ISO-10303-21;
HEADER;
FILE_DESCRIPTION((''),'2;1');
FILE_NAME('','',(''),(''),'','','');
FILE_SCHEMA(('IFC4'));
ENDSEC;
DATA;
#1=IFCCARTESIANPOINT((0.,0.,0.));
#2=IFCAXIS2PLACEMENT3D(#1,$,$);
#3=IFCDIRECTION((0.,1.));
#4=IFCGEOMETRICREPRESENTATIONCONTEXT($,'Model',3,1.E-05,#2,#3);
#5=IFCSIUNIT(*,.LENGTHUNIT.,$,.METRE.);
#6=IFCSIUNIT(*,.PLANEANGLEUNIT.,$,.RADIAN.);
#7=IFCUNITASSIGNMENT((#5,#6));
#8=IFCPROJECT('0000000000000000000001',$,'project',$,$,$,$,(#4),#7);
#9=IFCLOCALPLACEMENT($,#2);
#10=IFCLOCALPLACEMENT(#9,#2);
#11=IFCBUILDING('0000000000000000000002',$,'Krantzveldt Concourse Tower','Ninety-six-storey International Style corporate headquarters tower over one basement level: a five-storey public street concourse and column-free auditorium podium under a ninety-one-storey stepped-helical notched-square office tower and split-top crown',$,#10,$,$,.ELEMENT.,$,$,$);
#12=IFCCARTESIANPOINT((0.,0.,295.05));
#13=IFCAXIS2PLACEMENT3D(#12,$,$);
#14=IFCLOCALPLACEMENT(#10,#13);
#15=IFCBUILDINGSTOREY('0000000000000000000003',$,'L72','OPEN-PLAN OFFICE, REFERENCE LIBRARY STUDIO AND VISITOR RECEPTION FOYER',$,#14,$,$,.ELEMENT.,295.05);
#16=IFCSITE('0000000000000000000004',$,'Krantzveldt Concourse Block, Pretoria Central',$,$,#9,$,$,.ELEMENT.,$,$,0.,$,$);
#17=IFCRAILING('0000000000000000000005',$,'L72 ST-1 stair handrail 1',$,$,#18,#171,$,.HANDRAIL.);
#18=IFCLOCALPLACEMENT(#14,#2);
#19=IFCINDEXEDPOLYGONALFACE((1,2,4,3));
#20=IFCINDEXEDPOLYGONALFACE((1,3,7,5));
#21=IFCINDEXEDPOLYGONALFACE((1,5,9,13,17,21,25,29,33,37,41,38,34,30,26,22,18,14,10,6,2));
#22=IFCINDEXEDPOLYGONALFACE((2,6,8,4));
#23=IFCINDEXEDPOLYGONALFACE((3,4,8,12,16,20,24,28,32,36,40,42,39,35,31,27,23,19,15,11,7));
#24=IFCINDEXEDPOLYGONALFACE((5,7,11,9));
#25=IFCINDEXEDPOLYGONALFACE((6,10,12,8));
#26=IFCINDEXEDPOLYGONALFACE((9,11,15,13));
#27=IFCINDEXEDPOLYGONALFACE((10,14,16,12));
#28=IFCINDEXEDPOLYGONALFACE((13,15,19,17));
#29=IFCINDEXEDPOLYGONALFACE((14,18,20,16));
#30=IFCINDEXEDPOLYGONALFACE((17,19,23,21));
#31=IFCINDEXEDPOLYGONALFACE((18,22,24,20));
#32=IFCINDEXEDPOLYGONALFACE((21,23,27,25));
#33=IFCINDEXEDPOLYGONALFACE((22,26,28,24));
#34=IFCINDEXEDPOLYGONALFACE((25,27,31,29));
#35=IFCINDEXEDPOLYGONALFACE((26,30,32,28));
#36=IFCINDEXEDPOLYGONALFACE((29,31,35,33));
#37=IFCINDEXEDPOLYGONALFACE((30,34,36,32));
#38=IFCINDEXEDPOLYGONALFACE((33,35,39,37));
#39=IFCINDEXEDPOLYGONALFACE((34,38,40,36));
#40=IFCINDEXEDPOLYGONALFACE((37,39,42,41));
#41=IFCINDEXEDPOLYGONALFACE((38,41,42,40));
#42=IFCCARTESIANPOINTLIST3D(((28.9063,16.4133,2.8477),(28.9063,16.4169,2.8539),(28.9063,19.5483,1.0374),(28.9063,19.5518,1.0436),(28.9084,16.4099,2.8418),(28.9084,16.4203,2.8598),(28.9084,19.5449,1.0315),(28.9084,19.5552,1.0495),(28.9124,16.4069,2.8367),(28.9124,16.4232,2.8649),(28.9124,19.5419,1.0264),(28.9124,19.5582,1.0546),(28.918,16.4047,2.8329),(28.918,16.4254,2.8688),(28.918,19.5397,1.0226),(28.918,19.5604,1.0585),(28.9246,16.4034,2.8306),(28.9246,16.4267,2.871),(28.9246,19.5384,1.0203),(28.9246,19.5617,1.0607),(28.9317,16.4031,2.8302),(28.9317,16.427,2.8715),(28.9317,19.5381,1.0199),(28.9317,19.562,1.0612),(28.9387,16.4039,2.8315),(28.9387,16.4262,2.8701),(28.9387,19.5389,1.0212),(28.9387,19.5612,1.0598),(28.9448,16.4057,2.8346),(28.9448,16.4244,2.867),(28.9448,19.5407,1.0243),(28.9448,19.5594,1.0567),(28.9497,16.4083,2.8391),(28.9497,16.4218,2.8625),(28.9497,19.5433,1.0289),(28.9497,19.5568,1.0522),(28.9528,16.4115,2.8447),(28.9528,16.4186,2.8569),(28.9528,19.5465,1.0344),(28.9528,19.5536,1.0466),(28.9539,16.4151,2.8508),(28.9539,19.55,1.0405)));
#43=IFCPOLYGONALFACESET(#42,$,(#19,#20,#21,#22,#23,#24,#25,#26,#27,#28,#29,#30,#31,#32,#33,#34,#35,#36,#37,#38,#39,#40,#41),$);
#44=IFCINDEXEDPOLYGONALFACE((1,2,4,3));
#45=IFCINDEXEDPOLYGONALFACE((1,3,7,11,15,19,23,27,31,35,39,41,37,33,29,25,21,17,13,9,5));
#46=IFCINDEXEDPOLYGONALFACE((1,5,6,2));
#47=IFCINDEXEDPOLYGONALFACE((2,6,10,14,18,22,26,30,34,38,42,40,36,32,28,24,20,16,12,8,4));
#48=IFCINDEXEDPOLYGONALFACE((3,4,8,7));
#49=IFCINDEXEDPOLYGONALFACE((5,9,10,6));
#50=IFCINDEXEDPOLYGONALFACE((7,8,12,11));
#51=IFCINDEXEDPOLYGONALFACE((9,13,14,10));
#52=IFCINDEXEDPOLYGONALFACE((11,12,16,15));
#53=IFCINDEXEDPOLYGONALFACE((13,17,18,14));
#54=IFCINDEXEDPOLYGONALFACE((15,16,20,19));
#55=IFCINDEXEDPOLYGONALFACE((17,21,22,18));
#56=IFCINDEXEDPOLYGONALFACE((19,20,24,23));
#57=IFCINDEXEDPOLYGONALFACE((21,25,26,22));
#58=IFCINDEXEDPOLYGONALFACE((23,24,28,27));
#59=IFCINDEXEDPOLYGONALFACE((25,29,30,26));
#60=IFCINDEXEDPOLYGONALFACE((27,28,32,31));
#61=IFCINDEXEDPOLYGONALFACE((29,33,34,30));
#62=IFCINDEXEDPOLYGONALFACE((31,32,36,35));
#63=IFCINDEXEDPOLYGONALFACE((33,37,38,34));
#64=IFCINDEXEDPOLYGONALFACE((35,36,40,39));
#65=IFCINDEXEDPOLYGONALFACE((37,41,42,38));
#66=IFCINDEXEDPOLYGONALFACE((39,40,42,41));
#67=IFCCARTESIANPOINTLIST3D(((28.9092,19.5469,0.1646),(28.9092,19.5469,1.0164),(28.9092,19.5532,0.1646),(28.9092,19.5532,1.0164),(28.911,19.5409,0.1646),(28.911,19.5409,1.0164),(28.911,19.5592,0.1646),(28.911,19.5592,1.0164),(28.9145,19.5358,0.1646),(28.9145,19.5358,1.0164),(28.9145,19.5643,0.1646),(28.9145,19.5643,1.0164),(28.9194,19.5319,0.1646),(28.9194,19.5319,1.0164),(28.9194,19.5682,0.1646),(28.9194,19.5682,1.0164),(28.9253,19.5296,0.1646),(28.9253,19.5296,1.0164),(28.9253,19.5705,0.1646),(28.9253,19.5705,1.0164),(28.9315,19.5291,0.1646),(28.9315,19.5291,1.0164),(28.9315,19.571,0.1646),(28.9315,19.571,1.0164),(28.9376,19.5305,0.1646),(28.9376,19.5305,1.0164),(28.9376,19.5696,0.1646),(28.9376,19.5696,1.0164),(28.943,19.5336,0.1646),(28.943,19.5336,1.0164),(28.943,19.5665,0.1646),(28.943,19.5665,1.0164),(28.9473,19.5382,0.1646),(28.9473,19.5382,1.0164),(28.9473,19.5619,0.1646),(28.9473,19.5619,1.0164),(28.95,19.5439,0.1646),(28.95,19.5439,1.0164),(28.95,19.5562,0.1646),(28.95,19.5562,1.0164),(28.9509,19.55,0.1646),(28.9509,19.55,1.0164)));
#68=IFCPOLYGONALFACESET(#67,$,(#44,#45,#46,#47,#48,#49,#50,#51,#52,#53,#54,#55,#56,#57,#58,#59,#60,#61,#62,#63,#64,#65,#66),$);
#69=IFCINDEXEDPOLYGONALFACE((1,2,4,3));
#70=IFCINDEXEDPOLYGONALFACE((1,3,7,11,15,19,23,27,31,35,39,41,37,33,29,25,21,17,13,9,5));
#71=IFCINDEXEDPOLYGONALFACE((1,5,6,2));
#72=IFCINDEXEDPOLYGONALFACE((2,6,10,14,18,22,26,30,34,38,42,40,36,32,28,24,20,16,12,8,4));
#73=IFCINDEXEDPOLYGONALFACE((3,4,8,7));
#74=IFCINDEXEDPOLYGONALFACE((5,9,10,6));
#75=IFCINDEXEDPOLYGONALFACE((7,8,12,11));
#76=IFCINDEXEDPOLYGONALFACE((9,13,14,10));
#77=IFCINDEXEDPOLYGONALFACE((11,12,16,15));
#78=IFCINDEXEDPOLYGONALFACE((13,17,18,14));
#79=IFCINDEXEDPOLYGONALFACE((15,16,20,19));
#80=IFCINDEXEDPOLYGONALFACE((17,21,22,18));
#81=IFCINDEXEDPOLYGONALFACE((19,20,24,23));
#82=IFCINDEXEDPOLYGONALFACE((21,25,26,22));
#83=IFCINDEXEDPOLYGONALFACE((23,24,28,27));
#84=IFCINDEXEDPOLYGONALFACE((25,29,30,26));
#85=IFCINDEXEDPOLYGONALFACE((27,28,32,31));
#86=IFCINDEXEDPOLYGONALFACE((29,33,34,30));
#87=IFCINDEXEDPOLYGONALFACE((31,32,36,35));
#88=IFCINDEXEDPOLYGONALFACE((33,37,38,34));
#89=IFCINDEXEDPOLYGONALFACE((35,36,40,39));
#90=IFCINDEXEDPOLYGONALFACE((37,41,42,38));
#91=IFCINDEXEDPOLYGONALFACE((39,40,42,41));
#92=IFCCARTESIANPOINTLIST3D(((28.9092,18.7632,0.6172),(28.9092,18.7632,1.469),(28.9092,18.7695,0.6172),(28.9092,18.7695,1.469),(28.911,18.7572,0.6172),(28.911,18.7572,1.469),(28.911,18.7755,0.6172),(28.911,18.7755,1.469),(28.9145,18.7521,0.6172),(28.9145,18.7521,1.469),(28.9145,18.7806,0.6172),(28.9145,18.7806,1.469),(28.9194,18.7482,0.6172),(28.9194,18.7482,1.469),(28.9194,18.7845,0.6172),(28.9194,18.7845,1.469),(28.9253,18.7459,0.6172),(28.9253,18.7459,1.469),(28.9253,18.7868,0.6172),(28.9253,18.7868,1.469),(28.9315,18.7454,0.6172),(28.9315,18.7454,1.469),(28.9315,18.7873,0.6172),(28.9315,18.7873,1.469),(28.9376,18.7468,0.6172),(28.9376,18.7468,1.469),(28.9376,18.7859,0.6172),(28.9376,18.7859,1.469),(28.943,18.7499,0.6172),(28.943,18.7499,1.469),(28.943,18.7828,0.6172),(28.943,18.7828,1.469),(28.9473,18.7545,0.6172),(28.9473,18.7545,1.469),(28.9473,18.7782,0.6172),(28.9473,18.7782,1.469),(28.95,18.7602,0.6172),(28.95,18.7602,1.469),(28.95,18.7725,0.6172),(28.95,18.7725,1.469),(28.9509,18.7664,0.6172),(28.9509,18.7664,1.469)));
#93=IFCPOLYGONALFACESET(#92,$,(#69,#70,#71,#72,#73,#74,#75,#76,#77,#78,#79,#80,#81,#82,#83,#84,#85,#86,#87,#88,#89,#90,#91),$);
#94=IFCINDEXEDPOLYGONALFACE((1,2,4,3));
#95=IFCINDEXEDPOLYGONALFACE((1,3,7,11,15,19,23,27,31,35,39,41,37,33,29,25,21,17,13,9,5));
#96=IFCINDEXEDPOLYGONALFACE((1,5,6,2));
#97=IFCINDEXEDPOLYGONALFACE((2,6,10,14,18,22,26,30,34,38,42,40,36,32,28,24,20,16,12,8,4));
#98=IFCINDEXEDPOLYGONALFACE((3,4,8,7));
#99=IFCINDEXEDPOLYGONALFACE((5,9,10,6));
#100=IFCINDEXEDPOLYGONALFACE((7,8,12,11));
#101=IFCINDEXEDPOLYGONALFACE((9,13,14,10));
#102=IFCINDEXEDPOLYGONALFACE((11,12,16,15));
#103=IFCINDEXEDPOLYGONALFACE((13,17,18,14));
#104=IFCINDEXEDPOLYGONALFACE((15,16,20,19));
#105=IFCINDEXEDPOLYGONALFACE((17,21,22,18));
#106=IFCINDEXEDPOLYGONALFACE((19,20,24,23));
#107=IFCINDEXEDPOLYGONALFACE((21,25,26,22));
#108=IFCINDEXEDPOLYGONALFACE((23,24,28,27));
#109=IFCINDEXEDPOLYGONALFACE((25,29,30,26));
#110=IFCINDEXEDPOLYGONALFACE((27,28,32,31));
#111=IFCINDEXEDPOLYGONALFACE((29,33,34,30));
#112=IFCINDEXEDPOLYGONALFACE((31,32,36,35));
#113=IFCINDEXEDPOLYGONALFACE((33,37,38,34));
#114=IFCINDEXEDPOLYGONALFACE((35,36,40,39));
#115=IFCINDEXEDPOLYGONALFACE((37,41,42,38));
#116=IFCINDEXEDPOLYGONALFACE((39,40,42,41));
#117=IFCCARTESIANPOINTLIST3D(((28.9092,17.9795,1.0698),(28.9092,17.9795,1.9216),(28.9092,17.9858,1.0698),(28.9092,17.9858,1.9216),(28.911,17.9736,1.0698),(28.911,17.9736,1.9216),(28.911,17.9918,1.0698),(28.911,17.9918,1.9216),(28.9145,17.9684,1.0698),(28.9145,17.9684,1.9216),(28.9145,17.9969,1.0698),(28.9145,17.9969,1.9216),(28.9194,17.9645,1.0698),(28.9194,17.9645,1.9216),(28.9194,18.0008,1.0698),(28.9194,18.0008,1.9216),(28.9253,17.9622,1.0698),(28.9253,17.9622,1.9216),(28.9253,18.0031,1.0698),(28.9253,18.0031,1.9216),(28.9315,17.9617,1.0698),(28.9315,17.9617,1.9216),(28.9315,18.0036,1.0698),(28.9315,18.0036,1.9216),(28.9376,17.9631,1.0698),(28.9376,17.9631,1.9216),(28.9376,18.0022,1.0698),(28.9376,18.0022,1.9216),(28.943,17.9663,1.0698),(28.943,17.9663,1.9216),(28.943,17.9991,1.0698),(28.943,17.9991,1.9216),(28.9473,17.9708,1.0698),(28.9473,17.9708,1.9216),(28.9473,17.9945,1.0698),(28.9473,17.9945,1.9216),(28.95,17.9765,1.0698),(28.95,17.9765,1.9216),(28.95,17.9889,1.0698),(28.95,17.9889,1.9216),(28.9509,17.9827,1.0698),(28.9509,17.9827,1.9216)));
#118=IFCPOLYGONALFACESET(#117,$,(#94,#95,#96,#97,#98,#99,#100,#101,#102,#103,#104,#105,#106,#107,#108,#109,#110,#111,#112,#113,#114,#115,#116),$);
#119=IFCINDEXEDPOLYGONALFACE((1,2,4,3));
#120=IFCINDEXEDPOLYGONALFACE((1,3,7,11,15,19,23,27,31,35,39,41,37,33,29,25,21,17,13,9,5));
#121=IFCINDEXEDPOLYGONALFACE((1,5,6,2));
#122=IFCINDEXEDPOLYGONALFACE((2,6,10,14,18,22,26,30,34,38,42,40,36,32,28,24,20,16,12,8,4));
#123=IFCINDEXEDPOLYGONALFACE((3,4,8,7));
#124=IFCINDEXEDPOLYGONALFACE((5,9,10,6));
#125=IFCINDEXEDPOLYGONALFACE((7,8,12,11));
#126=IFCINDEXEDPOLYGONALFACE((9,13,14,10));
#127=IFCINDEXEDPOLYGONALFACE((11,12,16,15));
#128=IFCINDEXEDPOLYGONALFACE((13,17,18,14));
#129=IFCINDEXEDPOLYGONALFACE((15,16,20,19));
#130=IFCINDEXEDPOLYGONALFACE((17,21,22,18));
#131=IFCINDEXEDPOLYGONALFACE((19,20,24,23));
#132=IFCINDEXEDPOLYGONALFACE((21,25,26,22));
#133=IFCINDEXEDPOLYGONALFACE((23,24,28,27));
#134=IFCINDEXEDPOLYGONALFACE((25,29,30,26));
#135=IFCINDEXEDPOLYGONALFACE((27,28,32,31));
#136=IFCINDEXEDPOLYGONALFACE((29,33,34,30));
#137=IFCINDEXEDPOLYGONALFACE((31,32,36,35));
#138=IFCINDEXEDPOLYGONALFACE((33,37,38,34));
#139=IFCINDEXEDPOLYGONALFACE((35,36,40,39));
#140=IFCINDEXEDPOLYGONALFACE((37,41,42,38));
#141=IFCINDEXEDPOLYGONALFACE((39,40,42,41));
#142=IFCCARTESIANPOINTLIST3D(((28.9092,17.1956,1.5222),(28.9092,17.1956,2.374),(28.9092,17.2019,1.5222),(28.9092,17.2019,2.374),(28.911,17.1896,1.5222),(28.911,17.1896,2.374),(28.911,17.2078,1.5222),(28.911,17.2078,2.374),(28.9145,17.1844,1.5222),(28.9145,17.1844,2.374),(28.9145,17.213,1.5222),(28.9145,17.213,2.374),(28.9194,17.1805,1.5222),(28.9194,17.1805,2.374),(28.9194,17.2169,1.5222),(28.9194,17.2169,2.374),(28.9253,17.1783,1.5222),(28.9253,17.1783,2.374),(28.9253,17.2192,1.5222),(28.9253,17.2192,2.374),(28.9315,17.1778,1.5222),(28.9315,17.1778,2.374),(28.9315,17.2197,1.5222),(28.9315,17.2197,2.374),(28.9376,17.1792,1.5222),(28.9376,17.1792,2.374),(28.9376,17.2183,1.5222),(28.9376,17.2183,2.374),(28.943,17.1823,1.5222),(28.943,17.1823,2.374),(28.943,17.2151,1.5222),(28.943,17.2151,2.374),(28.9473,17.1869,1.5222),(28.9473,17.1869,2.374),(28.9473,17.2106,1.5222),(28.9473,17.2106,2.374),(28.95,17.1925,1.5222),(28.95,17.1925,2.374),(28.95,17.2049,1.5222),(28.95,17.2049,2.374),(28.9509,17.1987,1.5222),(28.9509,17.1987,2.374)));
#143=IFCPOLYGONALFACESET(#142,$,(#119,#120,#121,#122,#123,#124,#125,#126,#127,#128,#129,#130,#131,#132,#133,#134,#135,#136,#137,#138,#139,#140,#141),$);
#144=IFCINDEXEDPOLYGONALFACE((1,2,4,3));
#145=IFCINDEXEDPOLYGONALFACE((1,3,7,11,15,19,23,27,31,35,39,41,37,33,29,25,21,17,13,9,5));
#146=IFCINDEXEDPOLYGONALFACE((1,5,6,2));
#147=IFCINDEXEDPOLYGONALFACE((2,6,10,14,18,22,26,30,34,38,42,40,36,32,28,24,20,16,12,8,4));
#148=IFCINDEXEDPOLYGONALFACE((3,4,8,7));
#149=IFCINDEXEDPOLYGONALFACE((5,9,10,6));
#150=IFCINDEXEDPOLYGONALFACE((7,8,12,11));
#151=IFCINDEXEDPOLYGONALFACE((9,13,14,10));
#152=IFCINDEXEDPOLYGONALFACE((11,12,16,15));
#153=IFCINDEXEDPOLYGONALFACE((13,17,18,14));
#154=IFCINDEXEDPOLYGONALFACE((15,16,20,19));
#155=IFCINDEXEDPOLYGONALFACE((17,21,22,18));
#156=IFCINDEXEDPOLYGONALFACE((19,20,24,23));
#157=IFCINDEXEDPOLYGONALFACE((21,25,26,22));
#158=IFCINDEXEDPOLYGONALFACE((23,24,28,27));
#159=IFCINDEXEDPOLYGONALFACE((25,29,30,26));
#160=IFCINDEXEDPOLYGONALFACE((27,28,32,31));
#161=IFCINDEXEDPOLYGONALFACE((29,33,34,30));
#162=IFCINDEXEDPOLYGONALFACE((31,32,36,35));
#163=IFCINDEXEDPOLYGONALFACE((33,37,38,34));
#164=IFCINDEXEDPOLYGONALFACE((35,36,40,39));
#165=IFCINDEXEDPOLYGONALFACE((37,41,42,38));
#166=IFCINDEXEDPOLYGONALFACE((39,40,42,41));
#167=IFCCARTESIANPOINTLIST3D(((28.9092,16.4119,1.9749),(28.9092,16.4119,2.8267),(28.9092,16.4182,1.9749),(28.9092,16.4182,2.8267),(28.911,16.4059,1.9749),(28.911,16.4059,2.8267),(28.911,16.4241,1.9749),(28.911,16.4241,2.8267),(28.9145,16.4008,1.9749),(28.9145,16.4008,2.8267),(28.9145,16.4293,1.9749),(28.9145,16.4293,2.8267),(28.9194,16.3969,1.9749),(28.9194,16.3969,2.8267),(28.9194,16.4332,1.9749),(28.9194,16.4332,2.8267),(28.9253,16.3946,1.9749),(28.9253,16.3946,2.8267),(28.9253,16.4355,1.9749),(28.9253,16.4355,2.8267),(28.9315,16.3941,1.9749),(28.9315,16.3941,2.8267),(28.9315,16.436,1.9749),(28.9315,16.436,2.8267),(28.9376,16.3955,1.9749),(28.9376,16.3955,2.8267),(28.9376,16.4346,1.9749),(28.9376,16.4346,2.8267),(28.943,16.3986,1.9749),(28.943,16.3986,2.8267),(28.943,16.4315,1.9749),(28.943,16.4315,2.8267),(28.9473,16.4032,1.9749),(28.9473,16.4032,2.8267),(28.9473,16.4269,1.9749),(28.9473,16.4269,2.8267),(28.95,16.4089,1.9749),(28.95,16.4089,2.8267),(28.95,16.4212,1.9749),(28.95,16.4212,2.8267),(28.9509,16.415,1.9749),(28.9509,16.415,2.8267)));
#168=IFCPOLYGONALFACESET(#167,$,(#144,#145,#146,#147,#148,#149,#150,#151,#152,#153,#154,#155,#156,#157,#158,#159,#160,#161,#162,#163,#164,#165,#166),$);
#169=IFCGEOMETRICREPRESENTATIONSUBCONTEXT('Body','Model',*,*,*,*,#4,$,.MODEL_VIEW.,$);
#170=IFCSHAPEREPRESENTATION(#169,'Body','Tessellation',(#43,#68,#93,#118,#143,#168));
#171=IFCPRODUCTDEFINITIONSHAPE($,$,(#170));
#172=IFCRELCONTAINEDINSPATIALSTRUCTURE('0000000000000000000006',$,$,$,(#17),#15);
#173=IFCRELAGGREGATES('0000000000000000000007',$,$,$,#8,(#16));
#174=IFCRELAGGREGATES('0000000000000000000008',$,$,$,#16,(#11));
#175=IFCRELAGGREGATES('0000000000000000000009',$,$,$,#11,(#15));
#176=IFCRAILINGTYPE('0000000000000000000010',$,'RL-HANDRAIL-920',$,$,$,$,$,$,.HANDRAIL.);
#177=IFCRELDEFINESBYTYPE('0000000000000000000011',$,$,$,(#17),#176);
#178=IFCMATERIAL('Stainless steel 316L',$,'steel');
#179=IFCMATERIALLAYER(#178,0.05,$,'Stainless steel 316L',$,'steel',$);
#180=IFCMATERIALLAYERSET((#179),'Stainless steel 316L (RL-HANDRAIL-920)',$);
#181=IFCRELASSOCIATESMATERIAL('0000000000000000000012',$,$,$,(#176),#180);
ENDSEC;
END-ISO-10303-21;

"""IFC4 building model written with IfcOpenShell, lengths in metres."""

from ifc_helpers import new_model, si_unit, direction, frame, origin, origin_2d, place, context, subcontext, project, spatial, circle, extrude, material, layer, layer_set, type_object, element, save


model = new_model("IFC4")

# Units and contexts
model_context = context("Model", 3, precision=1e-05, world=origin(), true_north=direction((0.0, 1.0)))
body_context = subcontext(model_context, "Body", "Model", "MODEL_VIEW")
ifc_project = project(units=[si_unit("LENGTHUNIT", "METRE"), si_unit("PLANEANGLEUNIT", "RADIAN")], contexts=[model_context])

# Site, building, storey
site_placement = place(None, origin())
site = spatial("IfcSite", under=ifc_project, at=site_placement, Name="Krantzveldt Concourse Block, Pretoria Central", CompositionType="ELEMENT", RefElevation=0.0)
building_placement = place(site_placement, origin())
building = spatial("IfcBuilding", under=site, at=building_placement, Name="Krantzveldt Concourse Tower", Description="Ninety-six-storey International Style corporate headquarters tower over one basement level: a five-storey public street concourse and column-free auditorium podium under a ninety-one-storey stepped-helical notched-square office tower and split-top crown", CompositionType="ELEMENT")
storey_placement = place(building_placement, frame((0.0, 0.0, 295.05)))
storey = spatial("IfcBuildingStorey", under=building, at=storey_placement, Name="L72", Description="OPEN-PLAN OFFICE, REFERENCE LIBRARY STUDIO AND VISITOR RECEPTION FOYER", CompositionType="ELEMENT", Elevation=295.05)

# Shared definitions
ifc_material_1 = material(Name="Stainless steel 316L", Category="steel")

# Railing
ifc_layer_1 = layer(ifc_material_1, 0.05, Name="Stainless steel 316L", Category="steel")
ifc_layer_set_1 = layer_set([ifc_layer_1], Name="Stainless steel 316L (RL-HANDRAIL-920)")
railing_type_1 = type_object("IfcRailingType", Name="RL-HANDRAIL-920", PredefinedType="HANDRAIL", material=ifc_layer_set_1)
railing_1_placement = place(storey_placement, frame((28.9299, 19.55, 0.1646)))
element("IfcRailing", 1, at=railing_1_placement, inside=storey, type_object=railing_type_1, Name="L72 ST-1 stair handrail 1", PredefinedType="HANDRAIL", context=body_context, shape_type="SweptSolid", body=[
    extrude(circle(Radius=0.0239, at=origin_2d()), frame((0.0, 0.0, 0.876), z_axis=(0.0, -0.865989, 0.500063), x_axis=(1.0, 0.0, 0.0)), (0.0, 0.0, 1.0), 3.6201),
    extrude(circle(Radius=0.021, at=origin_2d()), origin(), (0.0, 0.0, 1.0), 0.8518),
    extrude(circle(Radius=0.021, at=origin_2d()), frame((0.0, -0.7837, 0.4526)), (0.0, 0.0, 1.0), 0.8518),
    extrude(circle(Radius=0.021, at=origin_2d()), frame((0.0, -1.5674, 0.9053)), (0.0, 0.0, 1.0), 0.8518),
    extrude(circle(Radius=0.021, at=origin_2d()), frame((0.0, -2.3513, 1.3577)), (0.0, 0.0, 1.0), 0.8518),
    extrude(circle(Radius=0.021, at=origin_2d()), frame((0.0, -3.135, 1.8103)), (0.0, 0.0, 1.0), 0.8518),
])

save(model, "model.ifc")
